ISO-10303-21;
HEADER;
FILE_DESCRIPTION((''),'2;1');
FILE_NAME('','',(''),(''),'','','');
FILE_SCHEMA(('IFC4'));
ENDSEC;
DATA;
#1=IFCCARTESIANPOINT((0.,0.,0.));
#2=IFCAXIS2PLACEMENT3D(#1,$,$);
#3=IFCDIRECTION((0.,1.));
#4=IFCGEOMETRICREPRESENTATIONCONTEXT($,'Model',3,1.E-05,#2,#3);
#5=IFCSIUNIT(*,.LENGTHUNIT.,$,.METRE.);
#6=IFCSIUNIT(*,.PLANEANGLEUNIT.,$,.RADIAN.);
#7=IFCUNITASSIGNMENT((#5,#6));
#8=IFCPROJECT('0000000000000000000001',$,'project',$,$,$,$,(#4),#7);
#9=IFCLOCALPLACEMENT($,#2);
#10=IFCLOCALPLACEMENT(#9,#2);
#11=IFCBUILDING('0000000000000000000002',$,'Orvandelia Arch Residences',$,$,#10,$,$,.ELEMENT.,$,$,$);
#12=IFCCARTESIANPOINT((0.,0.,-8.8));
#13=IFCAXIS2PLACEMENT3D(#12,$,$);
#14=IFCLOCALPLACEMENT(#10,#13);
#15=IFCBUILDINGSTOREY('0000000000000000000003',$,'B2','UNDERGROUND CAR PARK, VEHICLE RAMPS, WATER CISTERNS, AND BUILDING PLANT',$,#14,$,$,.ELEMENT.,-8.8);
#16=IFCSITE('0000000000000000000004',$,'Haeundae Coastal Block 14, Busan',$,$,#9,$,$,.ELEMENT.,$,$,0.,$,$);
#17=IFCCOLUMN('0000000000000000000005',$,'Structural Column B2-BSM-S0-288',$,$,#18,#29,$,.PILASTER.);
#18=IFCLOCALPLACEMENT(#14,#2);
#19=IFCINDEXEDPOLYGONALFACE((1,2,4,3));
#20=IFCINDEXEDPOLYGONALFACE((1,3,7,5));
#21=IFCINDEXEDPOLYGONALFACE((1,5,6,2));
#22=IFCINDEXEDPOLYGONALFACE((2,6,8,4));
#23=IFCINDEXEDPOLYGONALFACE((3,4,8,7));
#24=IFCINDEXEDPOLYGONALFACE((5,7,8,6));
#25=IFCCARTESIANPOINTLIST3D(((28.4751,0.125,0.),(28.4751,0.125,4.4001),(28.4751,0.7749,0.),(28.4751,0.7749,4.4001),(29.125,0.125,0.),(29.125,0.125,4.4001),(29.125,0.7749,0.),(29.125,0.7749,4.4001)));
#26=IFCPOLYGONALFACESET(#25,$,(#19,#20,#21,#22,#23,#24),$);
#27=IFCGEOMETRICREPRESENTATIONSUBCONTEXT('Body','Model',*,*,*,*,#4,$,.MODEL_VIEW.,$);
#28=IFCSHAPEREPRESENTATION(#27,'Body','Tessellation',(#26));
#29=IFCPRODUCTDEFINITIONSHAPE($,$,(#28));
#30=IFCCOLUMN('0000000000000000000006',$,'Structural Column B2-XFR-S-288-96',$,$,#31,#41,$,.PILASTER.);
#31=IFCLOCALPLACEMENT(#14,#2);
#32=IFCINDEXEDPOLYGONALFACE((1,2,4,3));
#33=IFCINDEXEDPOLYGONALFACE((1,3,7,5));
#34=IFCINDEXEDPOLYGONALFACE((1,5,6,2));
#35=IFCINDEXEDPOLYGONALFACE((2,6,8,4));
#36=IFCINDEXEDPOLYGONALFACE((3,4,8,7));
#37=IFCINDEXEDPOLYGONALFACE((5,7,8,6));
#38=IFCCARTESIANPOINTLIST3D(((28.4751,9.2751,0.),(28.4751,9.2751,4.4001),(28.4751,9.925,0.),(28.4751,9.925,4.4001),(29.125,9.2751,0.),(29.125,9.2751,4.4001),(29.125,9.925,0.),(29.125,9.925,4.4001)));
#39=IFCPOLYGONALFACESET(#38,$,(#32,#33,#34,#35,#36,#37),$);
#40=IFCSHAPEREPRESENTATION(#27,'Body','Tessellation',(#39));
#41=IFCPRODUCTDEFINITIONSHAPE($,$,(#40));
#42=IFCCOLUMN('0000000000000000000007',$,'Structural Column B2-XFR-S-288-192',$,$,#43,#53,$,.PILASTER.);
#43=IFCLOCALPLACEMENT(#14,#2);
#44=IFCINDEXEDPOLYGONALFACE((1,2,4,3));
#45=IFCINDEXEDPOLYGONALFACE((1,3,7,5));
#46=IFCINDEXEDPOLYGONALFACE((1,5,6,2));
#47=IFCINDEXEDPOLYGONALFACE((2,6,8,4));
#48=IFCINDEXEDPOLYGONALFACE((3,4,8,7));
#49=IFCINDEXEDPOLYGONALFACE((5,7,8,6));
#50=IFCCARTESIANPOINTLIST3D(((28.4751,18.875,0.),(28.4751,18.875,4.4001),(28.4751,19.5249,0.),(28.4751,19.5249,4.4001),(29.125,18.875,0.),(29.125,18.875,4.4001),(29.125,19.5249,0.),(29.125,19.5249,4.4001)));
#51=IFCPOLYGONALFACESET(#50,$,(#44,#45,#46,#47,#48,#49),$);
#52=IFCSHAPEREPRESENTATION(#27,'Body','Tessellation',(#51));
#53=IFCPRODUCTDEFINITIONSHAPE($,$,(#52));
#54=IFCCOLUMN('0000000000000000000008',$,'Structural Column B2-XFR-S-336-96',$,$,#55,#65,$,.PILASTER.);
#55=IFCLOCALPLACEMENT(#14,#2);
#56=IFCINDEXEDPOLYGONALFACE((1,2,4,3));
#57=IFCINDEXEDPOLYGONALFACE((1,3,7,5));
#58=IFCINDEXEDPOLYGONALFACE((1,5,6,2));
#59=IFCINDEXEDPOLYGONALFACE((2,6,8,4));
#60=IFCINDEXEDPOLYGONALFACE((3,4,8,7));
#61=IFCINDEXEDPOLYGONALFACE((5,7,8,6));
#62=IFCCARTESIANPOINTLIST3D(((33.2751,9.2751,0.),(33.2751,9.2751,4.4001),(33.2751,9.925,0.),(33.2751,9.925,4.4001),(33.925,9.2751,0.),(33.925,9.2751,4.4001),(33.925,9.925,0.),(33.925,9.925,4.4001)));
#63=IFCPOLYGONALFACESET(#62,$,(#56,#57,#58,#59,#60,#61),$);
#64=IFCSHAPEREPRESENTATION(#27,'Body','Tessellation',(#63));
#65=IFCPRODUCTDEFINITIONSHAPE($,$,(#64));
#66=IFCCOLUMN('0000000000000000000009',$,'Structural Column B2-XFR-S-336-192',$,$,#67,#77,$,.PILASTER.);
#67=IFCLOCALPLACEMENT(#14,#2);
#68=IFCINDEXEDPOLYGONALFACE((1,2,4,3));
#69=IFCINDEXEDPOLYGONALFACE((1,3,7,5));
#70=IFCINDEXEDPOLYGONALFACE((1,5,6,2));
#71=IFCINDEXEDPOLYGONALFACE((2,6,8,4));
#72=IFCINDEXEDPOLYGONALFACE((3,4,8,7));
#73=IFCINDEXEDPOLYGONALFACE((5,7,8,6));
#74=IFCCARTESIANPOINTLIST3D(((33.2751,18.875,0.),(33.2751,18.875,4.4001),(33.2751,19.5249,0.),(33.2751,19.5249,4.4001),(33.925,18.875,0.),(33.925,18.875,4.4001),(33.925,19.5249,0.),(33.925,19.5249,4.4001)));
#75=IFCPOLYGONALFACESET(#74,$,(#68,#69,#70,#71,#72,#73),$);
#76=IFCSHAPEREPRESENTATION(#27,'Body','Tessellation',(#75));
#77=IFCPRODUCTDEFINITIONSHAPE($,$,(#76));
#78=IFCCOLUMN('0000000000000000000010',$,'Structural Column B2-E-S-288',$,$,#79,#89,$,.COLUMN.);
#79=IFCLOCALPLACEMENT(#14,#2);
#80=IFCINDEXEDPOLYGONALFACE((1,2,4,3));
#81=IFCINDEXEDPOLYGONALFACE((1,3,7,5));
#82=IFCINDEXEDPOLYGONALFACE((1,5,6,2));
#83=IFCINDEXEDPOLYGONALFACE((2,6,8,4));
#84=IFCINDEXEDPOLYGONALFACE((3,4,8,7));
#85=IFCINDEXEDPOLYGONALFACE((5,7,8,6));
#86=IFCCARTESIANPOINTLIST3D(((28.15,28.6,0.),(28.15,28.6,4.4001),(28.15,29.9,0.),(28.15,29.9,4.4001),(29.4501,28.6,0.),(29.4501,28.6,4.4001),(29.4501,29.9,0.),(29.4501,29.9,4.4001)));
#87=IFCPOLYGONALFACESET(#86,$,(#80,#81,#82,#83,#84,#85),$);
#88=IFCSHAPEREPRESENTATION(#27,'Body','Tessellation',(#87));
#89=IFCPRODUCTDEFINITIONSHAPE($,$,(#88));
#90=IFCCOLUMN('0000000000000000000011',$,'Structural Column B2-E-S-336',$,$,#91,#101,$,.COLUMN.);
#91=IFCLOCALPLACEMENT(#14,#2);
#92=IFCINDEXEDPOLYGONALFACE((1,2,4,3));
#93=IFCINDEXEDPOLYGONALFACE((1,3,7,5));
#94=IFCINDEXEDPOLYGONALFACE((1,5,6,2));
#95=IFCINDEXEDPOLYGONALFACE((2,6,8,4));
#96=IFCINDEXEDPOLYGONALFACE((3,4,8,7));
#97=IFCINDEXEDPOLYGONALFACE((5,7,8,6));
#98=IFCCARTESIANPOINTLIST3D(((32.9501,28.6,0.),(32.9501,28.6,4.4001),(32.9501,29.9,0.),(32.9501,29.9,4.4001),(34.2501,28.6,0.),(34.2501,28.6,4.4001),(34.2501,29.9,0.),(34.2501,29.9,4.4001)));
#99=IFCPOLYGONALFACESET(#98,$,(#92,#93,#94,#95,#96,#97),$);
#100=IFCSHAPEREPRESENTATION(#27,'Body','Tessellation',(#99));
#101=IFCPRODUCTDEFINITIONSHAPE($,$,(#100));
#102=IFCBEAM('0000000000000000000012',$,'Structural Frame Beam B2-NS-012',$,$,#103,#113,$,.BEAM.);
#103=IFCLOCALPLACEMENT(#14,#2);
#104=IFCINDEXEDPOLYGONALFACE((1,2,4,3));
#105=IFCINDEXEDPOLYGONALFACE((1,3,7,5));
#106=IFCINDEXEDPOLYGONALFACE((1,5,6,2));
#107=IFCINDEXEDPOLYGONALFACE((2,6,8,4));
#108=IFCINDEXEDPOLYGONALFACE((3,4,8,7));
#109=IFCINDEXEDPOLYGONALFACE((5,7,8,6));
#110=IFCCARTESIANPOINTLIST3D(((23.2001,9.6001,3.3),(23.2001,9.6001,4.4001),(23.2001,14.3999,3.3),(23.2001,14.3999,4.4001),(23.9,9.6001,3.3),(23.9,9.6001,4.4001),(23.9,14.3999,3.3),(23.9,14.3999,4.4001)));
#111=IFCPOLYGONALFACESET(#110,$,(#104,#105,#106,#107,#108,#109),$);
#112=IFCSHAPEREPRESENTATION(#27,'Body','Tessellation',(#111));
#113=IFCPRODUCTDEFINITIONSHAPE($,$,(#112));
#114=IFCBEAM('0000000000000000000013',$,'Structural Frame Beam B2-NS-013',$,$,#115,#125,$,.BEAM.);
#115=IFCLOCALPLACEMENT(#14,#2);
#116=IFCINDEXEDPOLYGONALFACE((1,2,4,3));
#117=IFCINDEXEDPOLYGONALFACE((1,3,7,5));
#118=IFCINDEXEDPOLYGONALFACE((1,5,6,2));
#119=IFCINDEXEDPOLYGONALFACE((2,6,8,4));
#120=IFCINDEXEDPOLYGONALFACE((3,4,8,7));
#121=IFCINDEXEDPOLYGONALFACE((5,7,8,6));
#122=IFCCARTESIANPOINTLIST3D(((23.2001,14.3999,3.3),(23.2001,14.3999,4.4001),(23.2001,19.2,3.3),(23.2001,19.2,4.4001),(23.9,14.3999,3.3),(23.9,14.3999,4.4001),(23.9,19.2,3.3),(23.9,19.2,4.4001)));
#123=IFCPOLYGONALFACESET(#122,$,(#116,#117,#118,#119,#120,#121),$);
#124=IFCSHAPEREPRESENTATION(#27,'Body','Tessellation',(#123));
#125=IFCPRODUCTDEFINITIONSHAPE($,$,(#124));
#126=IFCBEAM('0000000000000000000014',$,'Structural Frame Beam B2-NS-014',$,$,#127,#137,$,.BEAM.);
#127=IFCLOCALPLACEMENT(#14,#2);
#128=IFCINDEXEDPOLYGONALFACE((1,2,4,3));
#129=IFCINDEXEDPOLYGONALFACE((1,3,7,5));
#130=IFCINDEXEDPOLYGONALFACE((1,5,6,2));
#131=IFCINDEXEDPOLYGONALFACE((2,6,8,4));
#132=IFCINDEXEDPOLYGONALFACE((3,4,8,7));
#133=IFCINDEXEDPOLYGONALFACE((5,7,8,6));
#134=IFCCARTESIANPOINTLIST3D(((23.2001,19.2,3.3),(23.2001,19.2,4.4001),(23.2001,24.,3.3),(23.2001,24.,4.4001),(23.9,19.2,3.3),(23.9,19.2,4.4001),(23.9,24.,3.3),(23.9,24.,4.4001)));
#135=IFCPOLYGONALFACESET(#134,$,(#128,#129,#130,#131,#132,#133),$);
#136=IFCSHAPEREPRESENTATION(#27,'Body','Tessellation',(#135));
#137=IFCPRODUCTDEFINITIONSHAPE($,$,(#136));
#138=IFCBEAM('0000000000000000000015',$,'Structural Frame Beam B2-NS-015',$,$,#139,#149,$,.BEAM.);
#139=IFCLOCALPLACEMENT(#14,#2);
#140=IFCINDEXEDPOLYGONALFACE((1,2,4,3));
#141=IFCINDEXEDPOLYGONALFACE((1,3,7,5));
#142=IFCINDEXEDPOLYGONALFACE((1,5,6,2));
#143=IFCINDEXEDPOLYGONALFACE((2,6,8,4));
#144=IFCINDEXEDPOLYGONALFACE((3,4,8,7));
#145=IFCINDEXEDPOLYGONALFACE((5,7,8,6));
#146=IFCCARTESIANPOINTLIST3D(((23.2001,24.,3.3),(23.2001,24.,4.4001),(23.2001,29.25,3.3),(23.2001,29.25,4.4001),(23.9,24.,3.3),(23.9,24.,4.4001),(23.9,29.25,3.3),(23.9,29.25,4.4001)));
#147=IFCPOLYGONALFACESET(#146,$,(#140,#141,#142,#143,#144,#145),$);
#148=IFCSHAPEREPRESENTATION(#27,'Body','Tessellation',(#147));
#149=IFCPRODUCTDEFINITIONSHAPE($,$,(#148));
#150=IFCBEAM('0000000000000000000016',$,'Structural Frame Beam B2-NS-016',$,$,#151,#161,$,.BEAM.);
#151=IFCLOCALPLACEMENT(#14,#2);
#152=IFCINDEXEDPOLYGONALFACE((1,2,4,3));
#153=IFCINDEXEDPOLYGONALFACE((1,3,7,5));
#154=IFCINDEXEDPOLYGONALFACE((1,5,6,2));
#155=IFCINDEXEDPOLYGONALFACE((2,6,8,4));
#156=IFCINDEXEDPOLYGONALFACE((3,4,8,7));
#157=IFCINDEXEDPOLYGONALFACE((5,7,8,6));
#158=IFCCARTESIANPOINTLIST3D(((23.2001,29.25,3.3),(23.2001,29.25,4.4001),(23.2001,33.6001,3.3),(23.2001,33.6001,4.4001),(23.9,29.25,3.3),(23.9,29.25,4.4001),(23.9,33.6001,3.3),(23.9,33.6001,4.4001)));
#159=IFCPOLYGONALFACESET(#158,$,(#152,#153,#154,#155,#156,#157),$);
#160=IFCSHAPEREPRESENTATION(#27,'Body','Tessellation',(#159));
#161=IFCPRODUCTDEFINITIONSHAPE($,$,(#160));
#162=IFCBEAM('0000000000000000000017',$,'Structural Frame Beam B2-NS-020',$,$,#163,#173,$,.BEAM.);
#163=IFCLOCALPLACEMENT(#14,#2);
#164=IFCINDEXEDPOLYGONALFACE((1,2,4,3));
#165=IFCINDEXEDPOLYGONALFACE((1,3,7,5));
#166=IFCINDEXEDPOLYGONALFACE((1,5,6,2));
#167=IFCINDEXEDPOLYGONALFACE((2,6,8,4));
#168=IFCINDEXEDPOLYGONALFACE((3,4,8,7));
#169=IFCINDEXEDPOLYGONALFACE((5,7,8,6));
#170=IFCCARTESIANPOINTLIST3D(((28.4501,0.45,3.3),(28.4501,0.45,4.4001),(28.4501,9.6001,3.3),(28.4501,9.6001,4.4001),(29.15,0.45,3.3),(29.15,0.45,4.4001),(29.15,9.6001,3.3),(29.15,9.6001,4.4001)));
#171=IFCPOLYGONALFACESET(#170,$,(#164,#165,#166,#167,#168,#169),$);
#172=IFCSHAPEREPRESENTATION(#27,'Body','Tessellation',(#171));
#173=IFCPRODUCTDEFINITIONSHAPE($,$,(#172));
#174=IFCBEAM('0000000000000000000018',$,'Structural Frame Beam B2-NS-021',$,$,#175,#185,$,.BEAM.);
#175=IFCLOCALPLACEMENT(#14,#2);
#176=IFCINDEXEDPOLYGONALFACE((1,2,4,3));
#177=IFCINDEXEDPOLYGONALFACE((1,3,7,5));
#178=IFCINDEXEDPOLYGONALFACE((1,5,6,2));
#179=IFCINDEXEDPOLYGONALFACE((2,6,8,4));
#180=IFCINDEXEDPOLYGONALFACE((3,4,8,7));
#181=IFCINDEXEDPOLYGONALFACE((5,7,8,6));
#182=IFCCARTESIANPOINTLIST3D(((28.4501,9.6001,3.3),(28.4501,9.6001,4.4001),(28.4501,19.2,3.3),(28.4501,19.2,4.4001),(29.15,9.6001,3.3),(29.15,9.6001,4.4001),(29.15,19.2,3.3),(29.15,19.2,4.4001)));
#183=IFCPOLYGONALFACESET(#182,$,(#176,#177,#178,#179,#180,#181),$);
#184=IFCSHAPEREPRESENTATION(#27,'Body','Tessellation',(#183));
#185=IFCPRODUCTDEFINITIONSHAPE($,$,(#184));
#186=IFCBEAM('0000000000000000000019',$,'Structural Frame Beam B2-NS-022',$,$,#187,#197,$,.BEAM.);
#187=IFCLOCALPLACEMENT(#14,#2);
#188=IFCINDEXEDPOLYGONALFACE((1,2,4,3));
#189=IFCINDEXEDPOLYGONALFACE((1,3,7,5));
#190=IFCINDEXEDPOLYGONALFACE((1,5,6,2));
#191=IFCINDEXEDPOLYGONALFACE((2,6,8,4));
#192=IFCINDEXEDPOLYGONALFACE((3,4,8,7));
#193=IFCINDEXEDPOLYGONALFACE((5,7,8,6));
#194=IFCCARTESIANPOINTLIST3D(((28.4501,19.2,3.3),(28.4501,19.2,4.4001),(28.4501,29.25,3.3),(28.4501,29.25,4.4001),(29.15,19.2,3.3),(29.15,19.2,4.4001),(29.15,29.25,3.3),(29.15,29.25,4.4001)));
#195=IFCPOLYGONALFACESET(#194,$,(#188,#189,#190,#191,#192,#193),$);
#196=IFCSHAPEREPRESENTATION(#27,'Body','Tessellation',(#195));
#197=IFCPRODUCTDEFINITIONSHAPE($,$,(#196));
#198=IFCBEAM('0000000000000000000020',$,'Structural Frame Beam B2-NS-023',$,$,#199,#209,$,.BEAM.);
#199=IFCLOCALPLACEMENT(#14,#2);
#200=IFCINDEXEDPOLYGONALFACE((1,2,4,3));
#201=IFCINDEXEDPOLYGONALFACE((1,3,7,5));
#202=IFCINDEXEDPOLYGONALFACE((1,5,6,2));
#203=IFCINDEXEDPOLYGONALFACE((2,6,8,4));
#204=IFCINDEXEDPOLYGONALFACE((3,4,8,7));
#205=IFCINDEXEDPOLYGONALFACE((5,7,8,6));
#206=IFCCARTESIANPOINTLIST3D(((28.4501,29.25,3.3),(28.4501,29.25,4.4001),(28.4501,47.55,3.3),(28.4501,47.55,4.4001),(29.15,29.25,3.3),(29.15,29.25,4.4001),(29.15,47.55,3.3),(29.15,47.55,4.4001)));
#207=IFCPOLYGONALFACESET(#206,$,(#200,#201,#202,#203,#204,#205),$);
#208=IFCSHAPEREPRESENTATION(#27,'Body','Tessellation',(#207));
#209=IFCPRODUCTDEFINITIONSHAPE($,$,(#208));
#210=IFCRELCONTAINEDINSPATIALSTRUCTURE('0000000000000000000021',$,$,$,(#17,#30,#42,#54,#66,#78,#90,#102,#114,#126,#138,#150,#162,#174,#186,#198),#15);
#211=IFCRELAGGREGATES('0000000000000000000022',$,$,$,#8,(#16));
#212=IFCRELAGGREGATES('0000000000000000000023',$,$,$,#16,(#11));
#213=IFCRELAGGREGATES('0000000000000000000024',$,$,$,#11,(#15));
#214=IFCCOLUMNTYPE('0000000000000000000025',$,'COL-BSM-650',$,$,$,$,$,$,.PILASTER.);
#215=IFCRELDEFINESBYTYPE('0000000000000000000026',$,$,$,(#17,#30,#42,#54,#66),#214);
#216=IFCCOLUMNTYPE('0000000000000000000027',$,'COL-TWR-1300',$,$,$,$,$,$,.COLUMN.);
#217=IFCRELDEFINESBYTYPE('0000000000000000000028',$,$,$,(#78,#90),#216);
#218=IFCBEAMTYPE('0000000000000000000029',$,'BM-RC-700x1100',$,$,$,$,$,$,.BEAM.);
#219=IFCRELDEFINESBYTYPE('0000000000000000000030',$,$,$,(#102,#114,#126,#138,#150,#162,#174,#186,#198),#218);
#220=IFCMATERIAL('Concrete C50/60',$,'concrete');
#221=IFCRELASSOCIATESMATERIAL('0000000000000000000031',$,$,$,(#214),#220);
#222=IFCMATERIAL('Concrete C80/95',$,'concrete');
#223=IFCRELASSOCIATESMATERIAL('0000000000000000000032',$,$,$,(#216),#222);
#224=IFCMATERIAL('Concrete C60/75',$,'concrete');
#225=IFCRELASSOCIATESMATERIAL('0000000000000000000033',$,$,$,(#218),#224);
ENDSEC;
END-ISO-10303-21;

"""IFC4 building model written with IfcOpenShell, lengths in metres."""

from ifc_helpers import new_model, si_unit, direction, frame, origin, origin_2d, place, context, subcontext, project, spatial, rectangle, extrude, material, material_profile, profile_set, type_object, element, save


model = new_model("IFC4")

# Units and contexts
model_context = context("Model", 3, precision=1e-05, world=origin(), true_north=direction((0.0, 1.0)))
body_context = subcontext(model_context, "Body", "Model", "MODEL_VIEW")
ifc_project = project(units=[si_unit("LENGTHUNIT", "METRE"), si_unit("PLANEANGLEUNIT", "RADIAN")], contexts=[model_context])

# Site, building, storey
site_placement = place(None, origin())
site = spatial("IfcSite", under=ifc_project, at=site_placement, Name="Haeundae Coastal Block 14, Busan", CompositionType="ELEMENT", RefElevation=0.0)
building_placement = place(site_placement, origin())
building = spatial("IfcBuilding", under=site, at=building_placement, Name="Orvandelia Arch Residences", CompositionType="ELEMENT")
storey_placement = place(building_placement, frame((0.0, 0.0, -8.8)))
storey = spatial("IfcBuildingStorey", under=building, at=storey_placement, Name="B2", Description="UNDERGROUND CAR PARK, VEHICLE RAMPS, WATER CISTERNS, AND BUILDING PLANT", CompositionType="ELEMENT", Elevation=-8.8)

# Columns
ifc_material_1 = material(Name="Concrete C50/60", Category="concrete")
ifc_material_profile_1 = material_profile(ifc_material_1, rectangle(XDim=0.6499, YDim=0.6499, at=origin_2d()), Name="Concrete C50/60", Category="concrete")
ifc_profile_set_1 = profile_set([ifc_material_profile_1], Name="Concrete C50/60")
column_type_1 = type_object("IfcColumnType", Name="COL-BSM-650", PredefinedType="PILASTER", material=ifc_profile_set_1)
for number, where, z_axis, x_axis, name in (
    (1, (28.8, 0.45, 0.0), (0.0, 0.0, 1.0), (1.0, 0.0, 0.0), "Structural Column B2-BSM-S0-288"),
    (2, (28.8, 9.6001, 0.0), (0.0, 0.0, 1.0), (1.0, 0.0, 0.0), "Structural Column B2-XFR-S-288-96"),
    (3, (28.8, 19.2, 0.0), (0.0, 0.0, 1.0), (1.0, 0.0, 0.0), "Structural Column B2-XFR-S-288-192"),
    (4, (33.6001, 9.6001, 0.0), (0.0, 0.0, 1.0), (1.0, 0.0, 0.0), "Structural Column B2-XFR-S-336-96"),
    (5, (33.6001, 19.2, 0.0), (0.0, 0.0, 1.0), (1.0, 0.0, 0.0), "Structural Column B2-XFR-S-336-192"),
):
    element("IfcColumn", number, at=place(storey_placement, frame(where, z_axis=z_axis, x_axis=x_axis)), inside=storey, type_object=column_type_1, Name=name, PredefinedType="PILASTER", context=body_context, shape_type="SweptSolid", body=[
        extrude(rectangle(XDim=0.6499, YDim=0.6499, at=origin_2d()), origin(), (0.0, 0.0, 1.0), 4.4001),
    ])
ifc_material_2 = material(Name="Concrete C80/95", Category="concrete")
ifc_material_profile_2 = material_profile(ifc_material_2, rectangle(XDim=1.3, YDim=1.3, at=origin_2d()), Name="Concrete C80/95", Category="concrete")
ifc_profile_set_2 = profile_set([ifc_material_profile_2], Name="Concrete C80/95")
column_type_2 = type_object("IfcColumnType", Name="COL-TWR-1300", PredefinedType="COLUMN", material=ifc_profile_set_2)
for number, where, z_axis, x_axis, name in (
    (6, (28.8, 29.25, 0.0), (0.0, 0.0, 1.0), (1.0, 0.0, 0.0), "Structural Column B2-E-S-288"),
    (7, (33.6001, 29.25, 0.0), (0.0, 0.0, 1.0), (1.0, 0.0, 0.0), "Structural Column B2-E-S-336"),
):
    element("IfcColumn", number, at=place(storey_placement, frame(where, z_axis=z_axis, x_axis=x_axis)), inside=storey, type_object=column_type_2, Name=name, PredefinedType="COLUMN", context=body_context, shape_type="SweptSolid", body=[
        extrude(rectangle(XDim=1.3, YDim=1.3, at=origin_2d()), origin(), (0.0, 0.0, 1.0), 4.4001),
    ])

# Beams
ifc_material_3 = material(Name="Concrete C60/75", Category="concrete")
ifc_material_profile_3 = material_profile(ifc_material_3, rectangle(XDim=0.7, YDim=1.1001, at=origin_2d()), Name="Concrete C60/75", Category="concrete")
ifc_profile_set_3 = profile_set([ifc_material_profile_3], Name="Concrete C60/75")
beam_type = type_object("IfcBeamType", Name="BM-RC-700x1100", PredefinedType="BEAM", material=ifc_profile_set_3)
beam_1_placement = place(storey_placement, frame((23.55, 9.6001, 3.8501), z_axis=(0.0, 1.0, 0.0), x_axis=(-1.0, 0.0, 0.0)))
element("IfcBeam", 8, at=beam_1_placement, inside=storey, type_object=beam_type, Name="Structural Frame Beam B2-NS-012", PredefinedType="BEAM", context=body_context, shape_type="SweptSolid", body=[
    extrude(rectangle(XDim=0.7, YDim=1.1001, at=origin_2d()), origin(), (0.0, 0.0, 1.0), 4.7998),
])
for number, where, z_axis, x_axis, name in (
    (9, (23.55, 14.3999, 3.8501), (0.0, 1.0, 0.0), (-1.0, 0.0, 0.0), "Structural Frame Beam B2-NS-013"),
    (10, (23.55, 19.2, 3.8501), (0.0, 1.0, 0.0), (-1.0, 0.0, 0.0), "Structural Frame Beam B2-NS-014"),
):
    element("IfcBeam", number, at=place(storey_placement, frame(where, z_axis=z_axis, x_axis=x_axis)), inside=storey, type_object=beam_type, Name=name, PredefinedType="BEAM", context=body_context, shape_type="SweptSolid", body=[
        extrude(rectangle(XDim=0.7, YDim=1.1001, at=origin_2d()), origin(), (0.0, 0.0, 1.0), 4.8),
    ])
beam_2_placement = place(storey_placement, frame((23.55, 24.0, 3.8501), z_axis=(0.0, 1.0, 0.0), x_axis=(-1.0, 0.0, 0.0)))
element("IfcBeam", 11, at=beam_2_placement, inside=storey, type_object=beam_type, Name="Structural Frame Beam B2-NS-015", PredefinedType="BEAM", context=body_context, shape_type="SweptSolid", body=[
    extrude(rectangle(XDim=0.7, YDim=1.1001, at=origin_2d()), origin(), (0.0, 0.0, 1.0), 5.25),
])
beam_3_placement = place(storey_placement, frame((23.55, 29.25, 3.8501), z_axis=(0.0, 1.0, 0.0), x_axis=(-1.0, 0.0, 0.0)))
element("IfcBeam", 12, at=beam_3_placement, inside=storey, type_object=beam_type, Name="Structural Frame Beam B2-NS-016", PredefinedType="BEAM", context=body_context, shape_type="SweptSolid", body=[
    extrude(rectangle(XDim=0.7, YDim=1.1001, at=origin_2d()), origin(), (0.0, 0.0, 1.0), 4.3501),
])
beam_4_placement = place(storey_placement, frame((28.8, 0.45, 3.8501), z_axis=(0.0, 1.0, 0.0), x_axis=(-1.0, 0.0, 0.0)))
element("IfcBeam", 13, at=beam_4_placement, inside=storey, type_object=beam_type, Name="Structural Frame Beam B2-NS-020", PredefinedType="BEAM", context=body_context, shape_type="SweptSolid", body=[
    extrude(rectangle(XDim=0.7, YDim=1.1001, at=origin_2d()), origin(), (0.0, 0.0, 1.0), 9.1501),
])
beam_5_placement = place(storey_placement, frame((28.8, 9.6001, 3.8501), z_axis=(0.0, 1.0, 0.0), x_axis=(-1.0, 0.0, 0.0)))
element("IfcBeam", 14, at=beam_5_placement, inside=storey, type_object=beam_type, Name="Structural Frame Beam B2-NS-021", PredefinedType="BEAM", context=body_context, shape_type="SweptSolid", body=[
    extrude(rectangle(XDim=0.7, YDim=1.1001, at=origin_2d()), origin(), (0.0, 0.0, 1.0), 9.5999),
])
beam_6_placement = place(storey_placement, frame((28.8, 19.2, 3.8501), z_axis=(0.0, 1.0, 0.0), x_axis=(-1.0, 0.0, 0.0)))
element("IfcBeam", 15, at=beam_6_placement, inside=storey, type_object=beam_type, Name="Structural Frame Beam B2-NS-022", PredefinedType="BEAM", context=body_context, shape_type="SweptSolid", body=[
    extrude(rectangle(XDim=0.7, YDim=1.1001, at=origin_2d()), origin(), (0.0, 0.0, 1.0), 10.05),
])
beam_7_placement = place(storey_placement, frame((28.8, 29.25, 3.8501), z_axis=(0.0, 1.0, 0.0), x_axis=(-1.0, 0.0, 0.0)))
element("IfcBeam", 16, at=beam_7_placement, inside=storey, type_object=beam_type, Name="Structural Frame Beam B2-NS-023", PredefinedType="BEAM", context=body_context, shape_type="SweptSolid", body=[
    extrude(rectangle(XDim=0.7, YDim=1.1001, at=origin_2d()), origin(), (0.0, 0.0, 1.0), 18.3),
])

save(model, "model.ifc")
